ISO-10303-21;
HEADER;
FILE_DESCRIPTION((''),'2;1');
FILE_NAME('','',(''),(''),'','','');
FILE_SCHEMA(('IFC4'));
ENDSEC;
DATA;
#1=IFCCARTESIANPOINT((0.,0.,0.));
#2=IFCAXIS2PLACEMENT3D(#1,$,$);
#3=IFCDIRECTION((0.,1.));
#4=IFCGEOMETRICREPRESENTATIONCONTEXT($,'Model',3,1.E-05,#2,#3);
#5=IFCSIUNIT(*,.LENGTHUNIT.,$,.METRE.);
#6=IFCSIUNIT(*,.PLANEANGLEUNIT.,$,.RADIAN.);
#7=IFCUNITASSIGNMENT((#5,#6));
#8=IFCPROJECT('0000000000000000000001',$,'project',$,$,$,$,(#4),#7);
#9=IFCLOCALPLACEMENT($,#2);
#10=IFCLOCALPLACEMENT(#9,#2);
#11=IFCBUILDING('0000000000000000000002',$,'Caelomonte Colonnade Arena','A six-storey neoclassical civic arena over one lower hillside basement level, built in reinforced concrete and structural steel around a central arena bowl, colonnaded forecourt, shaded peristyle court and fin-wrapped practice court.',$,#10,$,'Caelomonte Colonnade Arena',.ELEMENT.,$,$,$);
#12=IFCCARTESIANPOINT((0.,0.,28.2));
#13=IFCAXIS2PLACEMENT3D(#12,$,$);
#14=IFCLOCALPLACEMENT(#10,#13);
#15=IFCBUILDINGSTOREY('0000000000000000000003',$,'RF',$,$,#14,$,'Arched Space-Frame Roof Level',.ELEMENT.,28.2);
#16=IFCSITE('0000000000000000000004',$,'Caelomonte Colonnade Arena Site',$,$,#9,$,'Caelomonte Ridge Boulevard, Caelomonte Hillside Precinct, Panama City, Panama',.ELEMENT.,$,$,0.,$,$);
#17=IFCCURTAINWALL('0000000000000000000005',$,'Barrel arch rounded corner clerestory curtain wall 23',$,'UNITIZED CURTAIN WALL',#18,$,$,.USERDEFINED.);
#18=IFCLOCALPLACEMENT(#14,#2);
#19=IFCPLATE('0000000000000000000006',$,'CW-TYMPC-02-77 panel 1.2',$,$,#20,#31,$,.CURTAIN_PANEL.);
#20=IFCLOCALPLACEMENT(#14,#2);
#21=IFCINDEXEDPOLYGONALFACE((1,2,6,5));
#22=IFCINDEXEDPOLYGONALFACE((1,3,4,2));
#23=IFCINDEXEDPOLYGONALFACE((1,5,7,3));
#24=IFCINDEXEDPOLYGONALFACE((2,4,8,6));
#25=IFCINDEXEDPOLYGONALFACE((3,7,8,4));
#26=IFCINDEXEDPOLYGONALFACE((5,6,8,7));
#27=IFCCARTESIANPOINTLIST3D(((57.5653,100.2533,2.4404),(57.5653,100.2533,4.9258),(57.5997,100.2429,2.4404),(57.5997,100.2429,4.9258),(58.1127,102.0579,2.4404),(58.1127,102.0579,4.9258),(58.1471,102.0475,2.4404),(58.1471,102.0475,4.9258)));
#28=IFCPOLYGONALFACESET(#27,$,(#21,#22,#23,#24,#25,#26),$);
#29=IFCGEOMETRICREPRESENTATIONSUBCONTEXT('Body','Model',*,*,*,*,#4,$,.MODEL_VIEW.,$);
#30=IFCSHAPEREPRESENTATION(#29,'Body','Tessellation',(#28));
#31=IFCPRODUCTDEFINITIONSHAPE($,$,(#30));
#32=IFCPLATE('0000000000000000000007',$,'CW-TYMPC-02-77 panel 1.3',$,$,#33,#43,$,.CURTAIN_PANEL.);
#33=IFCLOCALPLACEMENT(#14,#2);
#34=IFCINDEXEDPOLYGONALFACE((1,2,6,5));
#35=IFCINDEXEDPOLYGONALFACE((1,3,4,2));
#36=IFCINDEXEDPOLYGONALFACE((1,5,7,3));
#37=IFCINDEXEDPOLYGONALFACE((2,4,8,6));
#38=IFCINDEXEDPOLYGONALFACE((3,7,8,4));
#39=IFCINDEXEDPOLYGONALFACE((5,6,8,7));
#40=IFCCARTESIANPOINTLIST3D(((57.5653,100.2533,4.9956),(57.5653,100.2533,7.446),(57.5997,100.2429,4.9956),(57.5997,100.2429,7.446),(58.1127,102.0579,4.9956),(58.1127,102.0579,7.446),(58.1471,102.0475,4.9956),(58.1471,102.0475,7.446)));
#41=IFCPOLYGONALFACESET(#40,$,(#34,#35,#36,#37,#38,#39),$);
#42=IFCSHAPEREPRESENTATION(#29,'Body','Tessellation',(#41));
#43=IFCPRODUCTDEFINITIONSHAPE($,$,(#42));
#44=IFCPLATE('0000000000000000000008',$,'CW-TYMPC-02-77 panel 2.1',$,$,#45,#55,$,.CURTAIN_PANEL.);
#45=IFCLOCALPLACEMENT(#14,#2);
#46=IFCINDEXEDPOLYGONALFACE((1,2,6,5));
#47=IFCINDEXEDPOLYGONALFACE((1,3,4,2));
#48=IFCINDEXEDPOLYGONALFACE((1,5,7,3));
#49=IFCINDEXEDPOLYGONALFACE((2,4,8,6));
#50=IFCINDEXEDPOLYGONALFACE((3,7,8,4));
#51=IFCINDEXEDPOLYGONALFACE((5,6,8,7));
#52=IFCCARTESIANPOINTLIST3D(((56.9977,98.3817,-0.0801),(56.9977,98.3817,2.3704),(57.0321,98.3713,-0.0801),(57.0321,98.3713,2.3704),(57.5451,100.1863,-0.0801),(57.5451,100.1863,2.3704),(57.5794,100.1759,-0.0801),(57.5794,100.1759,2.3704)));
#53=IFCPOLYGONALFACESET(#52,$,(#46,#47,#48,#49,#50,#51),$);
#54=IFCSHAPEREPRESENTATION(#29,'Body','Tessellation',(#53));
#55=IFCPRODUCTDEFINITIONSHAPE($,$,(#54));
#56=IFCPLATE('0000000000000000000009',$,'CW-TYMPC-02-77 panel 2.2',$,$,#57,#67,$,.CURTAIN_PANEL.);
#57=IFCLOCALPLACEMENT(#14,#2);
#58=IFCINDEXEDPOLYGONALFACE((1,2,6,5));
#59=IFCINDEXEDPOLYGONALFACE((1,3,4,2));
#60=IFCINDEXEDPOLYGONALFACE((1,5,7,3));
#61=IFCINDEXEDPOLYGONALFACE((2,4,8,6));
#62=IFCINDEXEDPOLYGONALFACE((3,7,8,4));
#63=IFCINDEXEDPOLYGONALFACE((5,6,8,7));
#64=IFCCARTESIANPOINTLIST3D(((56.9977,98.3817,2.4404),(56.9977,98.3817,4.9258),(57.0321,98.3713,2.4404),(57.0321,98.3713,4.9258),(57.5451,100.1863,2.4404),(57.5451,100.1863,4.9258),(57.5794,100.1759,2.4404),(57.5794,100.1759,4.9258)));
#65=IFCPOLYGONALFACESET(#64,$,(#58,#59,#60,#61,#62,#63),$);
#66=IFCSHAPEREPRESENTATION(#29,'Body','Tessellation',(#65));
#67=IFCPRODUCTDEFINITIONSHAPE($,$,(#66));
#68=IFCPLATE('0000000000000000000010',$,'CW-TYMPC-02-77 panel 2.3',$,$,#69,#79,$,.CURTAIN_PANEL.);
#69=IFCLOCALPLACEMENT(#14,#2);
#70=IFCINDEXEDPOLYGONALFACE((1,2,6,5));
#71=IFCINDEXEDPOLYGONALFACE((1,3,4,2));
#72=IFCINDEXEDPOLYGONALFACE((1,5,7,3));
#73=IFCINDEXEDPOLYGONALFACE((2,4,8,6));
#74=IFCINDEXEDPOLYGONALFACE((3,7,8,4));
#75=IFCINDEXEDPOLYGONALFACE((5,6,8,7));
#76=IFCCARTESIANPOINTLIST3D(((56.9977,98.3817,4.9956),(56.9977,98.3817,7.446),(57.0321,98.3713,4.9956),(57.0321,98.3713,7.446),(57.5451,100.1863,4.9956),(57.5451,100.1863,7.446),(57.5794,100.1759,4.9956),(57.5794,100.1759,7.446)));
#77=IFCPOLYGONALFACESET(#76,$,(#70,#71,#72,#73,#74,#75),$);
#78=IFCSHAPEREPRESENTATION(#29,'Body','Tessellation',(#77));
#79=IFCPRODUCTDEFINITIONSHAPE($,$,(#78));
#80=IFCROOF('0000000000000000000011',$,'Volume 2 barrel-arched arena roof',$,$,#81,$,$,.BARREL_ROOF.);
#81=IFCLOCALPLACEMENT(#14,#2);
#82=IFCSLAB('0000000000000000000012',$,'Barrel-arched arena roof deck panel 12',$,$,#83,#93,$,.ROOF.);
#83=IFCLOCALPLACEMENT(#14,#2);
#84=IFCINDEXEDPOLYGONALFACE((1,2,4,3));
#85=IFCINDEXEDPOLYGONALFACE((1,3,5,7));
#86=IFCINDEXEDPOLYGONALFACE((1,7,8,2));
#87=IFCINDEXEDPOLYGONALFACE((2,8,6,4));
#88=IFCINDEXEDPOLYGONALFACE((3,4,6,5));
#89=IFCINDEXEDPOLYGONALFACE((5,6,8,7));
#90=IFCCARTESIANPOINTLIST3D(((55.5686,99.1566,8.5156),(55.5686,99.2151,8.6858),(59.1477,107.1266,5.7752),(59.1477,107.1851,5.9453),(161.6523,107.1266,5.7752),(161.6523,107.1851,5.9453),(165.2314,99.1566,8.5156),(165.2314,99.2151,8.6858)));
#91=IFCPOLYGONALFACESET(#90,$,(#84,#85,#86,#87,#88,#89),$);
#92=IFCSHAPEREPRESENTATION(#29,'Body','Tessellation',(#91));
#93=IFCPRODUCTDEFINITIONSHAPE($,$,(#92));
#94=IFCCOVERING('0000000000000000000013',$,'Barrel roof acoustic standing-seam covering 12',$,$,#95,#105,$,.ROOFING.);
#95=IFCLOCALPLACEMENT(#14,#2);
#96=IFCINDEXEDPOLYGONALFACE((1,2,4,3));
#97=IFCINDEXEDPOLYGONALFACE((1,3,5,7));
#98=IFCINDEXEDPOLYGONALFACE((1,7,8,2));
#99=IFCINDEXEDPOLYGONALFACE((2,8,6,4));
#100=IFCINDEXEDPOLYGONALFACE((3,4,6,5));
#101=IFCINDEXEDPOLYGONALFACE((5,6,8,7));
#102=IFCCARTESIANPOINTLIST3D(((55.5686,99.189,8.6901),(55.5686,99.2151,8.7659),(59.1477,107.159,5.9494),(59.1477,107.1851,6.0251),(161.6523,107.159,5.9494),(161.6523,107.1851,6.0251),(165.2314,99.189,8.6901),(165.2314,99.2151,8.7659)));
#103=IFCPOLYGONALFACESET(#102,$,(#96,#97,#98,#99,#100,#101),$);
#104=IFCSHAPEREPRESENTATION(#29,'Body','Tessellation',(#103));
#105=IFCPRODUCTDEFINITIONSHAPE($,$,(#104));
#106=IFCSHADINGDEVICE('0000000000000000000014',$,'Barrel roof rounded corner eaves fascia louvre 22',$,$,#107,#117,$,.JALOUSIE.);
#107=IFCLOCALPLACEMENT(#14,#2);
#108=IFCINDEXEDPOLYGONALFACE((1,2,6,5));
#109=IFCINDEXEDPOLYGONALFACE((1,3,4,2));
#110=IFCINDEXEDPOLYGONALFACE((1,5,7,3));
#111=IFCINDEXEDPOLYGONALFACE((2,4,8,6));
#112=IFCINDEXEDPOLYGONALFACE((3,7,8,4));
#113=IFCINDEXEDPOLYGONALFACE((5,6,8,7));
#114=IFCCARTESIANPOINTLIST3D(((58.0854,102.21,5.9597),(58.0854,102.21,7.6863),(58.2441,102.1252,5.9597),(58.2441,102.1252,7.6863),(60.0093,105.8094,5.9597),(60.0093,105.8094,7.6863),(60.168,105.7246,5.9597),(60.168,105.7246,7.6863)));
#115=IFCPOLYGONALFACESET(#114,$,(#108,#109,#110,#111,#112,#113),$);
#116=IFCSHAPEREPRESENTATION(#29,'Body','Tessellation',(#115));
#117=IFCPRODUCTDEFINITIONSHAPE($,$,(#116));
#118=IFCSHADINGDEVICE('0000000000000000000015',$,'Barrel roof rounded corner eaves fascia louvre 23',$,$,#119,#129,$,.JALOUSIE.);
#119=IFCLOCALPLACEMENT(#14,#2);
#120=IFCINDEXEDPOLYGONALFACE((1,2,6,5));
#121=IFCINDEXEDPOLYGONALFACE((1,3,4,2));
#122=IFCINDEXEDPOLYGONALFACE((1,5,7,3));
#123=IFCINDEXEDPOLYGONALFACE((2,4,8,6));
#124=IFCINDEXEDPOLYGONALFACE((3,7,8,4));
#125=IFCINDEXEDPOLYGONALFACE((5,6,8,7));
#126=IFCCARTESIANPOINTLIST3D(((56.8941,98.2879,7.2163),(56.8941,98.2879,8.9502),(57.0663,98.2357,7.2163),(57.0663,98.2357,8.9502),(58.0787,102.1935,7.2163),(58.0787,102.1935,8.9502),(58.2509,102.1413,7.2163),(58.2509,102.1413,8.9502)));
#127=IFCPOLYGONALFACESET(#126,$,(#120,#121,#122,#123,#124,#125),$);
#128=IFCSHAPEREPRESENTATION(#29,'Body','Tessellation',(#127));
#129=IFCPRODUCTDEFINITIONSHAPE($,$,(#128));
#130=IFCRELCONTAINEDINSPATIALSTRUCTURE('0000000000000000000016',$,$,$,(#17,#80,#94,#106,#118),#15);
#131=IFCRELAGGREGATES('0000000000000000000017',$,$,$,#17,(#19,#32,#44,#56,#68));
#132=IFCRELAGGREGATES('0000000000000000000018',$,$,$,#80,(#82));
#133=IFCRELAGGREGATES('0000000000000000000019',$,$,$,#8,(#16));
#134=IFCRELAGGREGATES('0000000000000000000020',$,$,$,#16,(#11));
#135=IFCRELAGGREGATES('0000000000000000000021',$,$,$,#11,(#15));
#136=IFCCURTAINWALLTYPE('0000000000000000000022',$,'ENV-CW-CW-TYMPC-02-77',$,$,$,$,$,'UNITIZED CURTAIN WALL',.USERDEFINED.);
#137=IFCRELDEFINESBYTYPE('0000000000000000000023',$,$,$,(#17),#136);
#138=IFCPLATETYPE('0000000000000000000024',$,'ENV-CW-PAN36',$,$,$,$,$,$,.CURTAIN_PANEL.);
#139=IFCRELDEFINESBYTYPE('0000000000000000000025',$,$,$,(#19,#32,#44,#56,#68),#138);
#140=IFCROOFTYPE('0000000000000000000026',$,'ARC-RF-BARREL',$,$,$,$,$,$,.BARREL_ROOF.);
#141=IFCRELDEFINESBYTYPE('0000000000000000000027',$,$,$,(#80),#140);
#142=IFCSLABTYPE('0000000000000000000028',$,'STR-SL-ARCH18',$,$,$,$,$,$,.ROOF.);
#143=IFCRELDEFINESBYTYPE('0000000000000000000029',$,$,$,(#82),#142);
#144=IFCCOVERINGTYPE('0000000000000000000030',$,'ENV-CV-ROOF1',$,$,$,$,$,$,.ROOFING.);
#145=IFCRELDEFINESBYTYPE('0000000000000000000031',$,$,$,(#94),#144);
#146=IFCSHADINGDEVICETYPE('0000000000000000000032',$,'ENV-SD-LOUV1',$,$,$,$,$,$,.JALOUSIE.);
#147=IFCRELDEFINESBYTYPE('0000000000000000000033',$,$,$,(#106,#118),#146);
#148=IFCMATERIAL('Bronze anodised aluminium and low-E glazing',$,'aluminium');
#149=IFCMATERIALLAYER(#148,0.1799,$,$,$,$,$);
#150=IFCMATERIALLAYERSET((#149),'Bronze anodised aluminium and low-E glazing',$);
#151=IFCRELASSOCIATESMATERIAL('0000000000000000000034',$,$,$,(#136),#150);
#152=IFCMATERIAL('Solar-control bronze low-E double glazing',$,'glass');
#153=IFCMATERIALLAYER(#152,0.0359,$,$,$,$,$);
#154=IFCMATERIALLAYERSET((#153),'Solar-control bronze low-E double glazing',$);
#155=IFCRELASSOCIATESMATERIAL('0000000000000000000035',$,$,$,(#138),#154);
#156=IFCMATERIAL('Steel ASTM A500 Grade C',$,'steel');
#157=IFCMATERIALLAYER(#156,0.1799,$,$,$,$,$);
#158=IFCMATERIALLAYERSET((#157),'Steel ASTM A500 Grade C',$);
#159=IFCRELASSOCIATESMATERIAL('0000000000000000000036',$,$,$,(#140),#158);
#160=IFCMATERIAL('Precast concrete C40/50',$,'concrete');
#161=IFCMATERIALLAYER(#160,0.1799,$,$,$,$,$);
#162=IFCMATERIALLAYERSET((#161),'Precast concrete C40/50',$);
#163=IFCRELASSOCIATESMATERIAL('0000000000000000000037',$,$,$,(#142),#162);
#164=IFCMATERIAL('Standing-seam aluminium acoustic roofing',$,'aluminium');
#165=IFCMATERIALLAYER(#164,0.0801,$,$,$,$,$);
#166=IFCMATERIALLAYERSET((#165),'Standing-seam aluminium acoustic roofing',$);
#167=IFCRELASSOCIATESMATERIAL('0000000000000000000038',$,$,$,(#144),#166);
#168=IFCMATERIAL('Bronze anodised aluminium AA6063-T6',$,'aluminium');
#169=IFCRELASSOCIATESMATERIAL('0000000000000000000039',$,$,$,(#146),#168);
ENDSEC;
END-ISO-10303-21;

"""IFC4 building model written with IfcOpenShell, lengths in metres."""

from ifc_helpers import new_model, si_unit, direction, frame, origin, origin_2d, place, context, subcontext, project, spatial, polyline, rectangle, outline, extrude, material, layer, layer_set, type_object, element, aggregate, save


model = new_model("IFC4")

# Units and contexts
model_context = context("Model", 3, precision=1e-05, world=origin(), true_north=direction((0.0, 1.0)))
body_context = subcontext(model_context, "Body", "Model", "MODEL_VIEW")
ifc_project = project(units=[si_unit("LENGTHUNIT", "METRE"), si_unit("PLANEANGLEUNIT", "RADIAN")], contexts=[model_context])

# Site, building, storey
site_placement = place(None, origin())
site = spatial("IfcSite", under=ifc_project, at=site_placement, Name="Caelomonte Colonnade Arena Site", LongName="Caelomonte Ridge Boulevard, Caelomonte Hillside Precinct, Panama City, Panama", CompositionType="ELEMENT", RefElevation=0.0)
building_placement = place(site_placement, origin())
building = spatial("IfcBuilding", under=site, at=building_placement, Name="Caelomonte Colonnade Arena", Description="A six-storey neoclassical civic arena over one lower hillside basement level, built in reinforced concrete and structural steel around a central arena bowl, colonnaded forecourt, shaded peristyle court and fin-wrapped practice court.", LongName="Caelomonte Colonnade Arena", CompositionType="ELEMENT")
storey_placement = place(building_placement, frame((0.0, 0.0, 28.2)))
storey = spatial("IfcBuildingStorey", under=building, at=storey_placement, Name="RF", LongName="Arched Space-Frame Roof Level", CompositionType="ELEMENT", Elevation=28.2)

# Curtain wall
ifc_material_1 = material(Name="Bronze anodised aluminium and low-E glazing", Category="aluminium")
ifc_material_2 = material(Name="Bronze anodised aluminium AA6063-T6", Category="aluminium")
ifc_layer_1 = layer(ifc_material_1, 0.1799)
ifc_layer_set_1 = layer_set([ifc_layer_1], Name="Bronze anodised aluminium and low-E glazing")
curtain_wall_type_1 = type_object("IfcCurtainWallType", Name="ENV-CW-CW-TYMPC-02-77", ElementType="UNITIZED CURTAIN WALL", PredefinedType="USERDEFINED", material=ifc_layer_set_1)
curtain_wall_1_placement = place(storey_placement, origin())
curtain_wall_1 = element("IfcCurtainWall", 1, at=curtain_wall_1_placement, inside=storey, type_object=curtain_wall_type_1, Name="Barrel arch rounded corner clerestory curtain wall 23", ObjectType="UNITIZED CURTAIN WALL", PredefinedType="USERDEFINED")

# Plates
ifc_material_3 = material(Name="Solar-control bronze low-E double glazing", Category="glass")
ifc_layer_2 = layer(ifc_material_3, 0.0359)
ifc_layer_set_2 = layer_set([ifc_layer_2], Name="Solar-control bronze low-E double glazing")
plate_type = type_object("IfcPlateType", Name="ENV-CW-PAN36", PredefinedType="CURTAIN_PANEL", material=ifc_layer_set_2)
plate_1_placement = place(storey_placement, frame((57.8562, 101.1504, 2.4404), z_axis=(0.0, 0.0, 1.0), x_axis=(-0.290266, -0.956946, 0.0)))
plate_1 = element("IfcPlate", 2, at=plate_1_placement, type_object=plate_type, Name="CW-TYMPC-02-77 panel 1.2", PredefinedType="CURTAIN_PANEL", context=body_context, shape_type="SweptSolid", body=[
    extrude(rectangle(XDim=1.8857, YDim=0.0359, at=origin_2d()), origin(), (0.0, 0.0, 1.0), 2.4854),
])
plate_2_placement = place(storey_placement, frame((57.8562, 101.1504, 4.9956), z_axis=(0.0, 0.0, 1.0), x_axis=(-0.290266, -0.956946, 0.0)))
plate_2 = element("IfcPlate", 3, at=plate_2_placement, type_object=plate_type, Name="CW-TYMPC-02-77 panel 1.3", PredefinedType="CURTAIN_PANEL", context=body_context, shape_type="SweptSolid", body=[
    extrude(rectangle(XDim=1.8857, YDim=0.0359, at=origin_2d()), origin(), (0.0, 0.0, 1.0), 2.4504),
])
plate_3_placement = place(storey_placement, frame((57.2886, 99.2788, -0.0801), z_axis=(0.0, 0.0, 1.0), x_axis=(-0.290266, -0.956946, 0.0)))
plate_3 = element("IfcPlate", 4, at=plate_3_placement, type_object=plate_type, Name="CW-TYMPC-02-77 panel 2.1", PredefinedType="CURTAIN_PANEL", context=body_context, shape_type="SweptSolid", body=[
    extrude(rectangle(XDim=1.8857, YDim=0.0359, at=origin_2d()), origin(), (0.0, 0.0, 1.0), 2.4504),
])
plate_4_placement = place(storey_placement, frame((57.2886, 99.2788, 2.4404), z_axis=(0.0, 0.0, 1.0), x_axis=(-0.290266, -0.956946, 0.0)))
plate_4 = element("IfcPlate", 5, at=plate_4_placement, type_object=plate_type, Name="CW-TYMPC-02-77 panel 2.2", PredefinedType="CURTAIN_PANEL", context=body_context, shape_type="SweptSolid", body=[
    extrude(rectangle(XDim=1.8857, YDim=0.0359, at=origin_2d()), origin(), (0.0, 0.0, 1.0), 2.4854),
])
plate_5_placement = place(storey_placement, frame((57.2886, 99.2788, 4.9956), z_axis=(0.0, 0.0, 1.0), x_axis=(-0.290266, -0.956946, 0.0)))
plate_5 = element("IfcPlate", 6, at=plate_5_placement, type_object=plate_type, Name="CW-TYMPC-02-77 panel 2.3", PredefinedType="CURTAIN_PANEL", context=body_context, shape_type="SweptSolid", body=[
    extrude(rectangle(XDim=1.8857, YDim=0.0359, at=origin_2d()), origin(), (0.0, 0.0, 1.0), 2.4504),
])
aggregate(curtain_wall_1, [plate_1, plate_2, plate_3, plate_4, plate_5])

# Roof, slab
ifc_material_4 = material(Name="Steel ASTM A500 Grade C", Category="steel")
ifc_layer_3 = layer(ifc_material_4, 0.1799)
ifc_layer_set_3 = layer_set([ifc_layer_3], Name="Steel ASTM A500 Grade C")
roof_type = type_object("IfcRoofType", Name="ARC-RF-BARREL", PredefinedType="BARREL_ROOF", material=ifc_layer_set_3)
roof_placement = place(storey_placement, origin())
roof = element("IfcRoof", 7, at=roof_placement, inside=storey, type_object=roof_type, Name="Volume 2 barrel-arched arena roof", PredefinedType="BARREL_ROOF")
ifc_material_5 = material(Name="Precast concrete C40/50", Category="concrete")
ifc_layer_4 = layer(ifc_material_5, 0.1799)
ifc_layer_set_4 = layer_set([ifc_layer_4], Name="Precast concrete C40/50")
slab_type = type_object("IfcSlabType", Name="STR-SL-ARCH18", PredefinedType="ROOF", material=ifc_layer_set_4)
slab_placement = place(storey_placement, frame((55.5686, 99.2151, 8.6858), z_axis=(0.0, 0.325165, 0.945657), x_axis=(1.0, 0.0, 0.0)))
slab = element("IfcSlab", 8, at=slab_placement, type_object=slab_type, Name="Barrel-arched arena roof deck panel 12", PredefinedType="ROOF", context=body_context, shape_type="SweptSolid", body=[
    extrude(outline(polyline([(0.0, 0.0), (109.6628, 0.0), (106.0837, 8.428), (3.5791, 8.428), (0.0, 0.0)])), origin(), (0.0, 0.0, -1.0), 0.1799),
])
aggregate(roof, [slab])

# Covering
ifc_material_6 = material(Name="Standing-seam aluminium acoustic roofing", Category="aluminium")
ifc_layer_5 = layer(ifc_material_6, 0.0801)
ifc_layer_set_5 = layer_set([ifc_layer_5], Name="Standing-seam aluminium acoustic roofing")
covering_type = type_object("IfcCoveringType", Name="ENV-CV-ROOF1", PredefinedType="ROOFING", material=ifc_layer_set_5)
covering_placement = place(storey_placement, frame((55.5686, 99.2151, 8.7659), z_axis=(0.0, 0.325191, 0.945648), x_axis=(1.0, 0.0, 0.0)))
element("IfcCovering", 9, at=covering_placement, inside=storey, type_object=covering_type, Name="Barrel roof acoustic standing-seam covering 12", PredefinedType="ROOFING", context=body_context, shape_type="SweptSolid", body=[
    extrude(outline(polyline([(0.0, 0.0), (109.6628, 0.0), (106.0837, 8.428), (3.5791, 8.428), (0.0, 0.0)])), origin(), (0.0, 0.0, -1.0), 0.0801),
])

# Shading devices
shading_device_type = type_object("IfcShadingDeviceType", Name="ENV-SD-LOUV1", PredefinedType="JALOUSIE", material=ifc_material_2)
shading_device_1_placement = place(storey_placement, frame((59.1267, 103.9673, 5.9597), z_axis=(0.0, 0.0, 1.0), x_axis=(-0.471401, -0.881919, 0.0)))
element("IfcShadingDevice", 10, at=shading_device_1_placement, inside=storey, type_object=shading_device_type, Name="Barrel roof rounded corner eaves fascia louvre 22", PredefinedType="JALOUSIE", context=body_context, shape_type="SweptSolid", body=[
    extrude(rectangle(XDim=4.0813, YDim=0.1799, at=origin_2d()), origin(), (0.0, 0.0, 1.0), 1.7266),
])
shading_device_2_placement = place(storey_placement, frame((57.5725, 100.2146, 7.2163), z_axis=(0.0, 0.0, 1.0), x_axis=(-0.290266, -0.956946, 0.0)))
element("IfcShadingDevice", 11, at=shading_device_2_placement, inside=storey, type_object=shading_device_type, Name="Barrel roof rounded corner eaves fascia louvre 23", PredefinedType="JALOUSIE", context=body_context, shape_type="SweptSolid", body=[
    extrude(rectangle(XDim=4.0813, YDim=0.1799, at=origin_2d()), origin(), (0.0, 0.0, 1.0), 1.7339),
])

save(model, "model.ifc")
